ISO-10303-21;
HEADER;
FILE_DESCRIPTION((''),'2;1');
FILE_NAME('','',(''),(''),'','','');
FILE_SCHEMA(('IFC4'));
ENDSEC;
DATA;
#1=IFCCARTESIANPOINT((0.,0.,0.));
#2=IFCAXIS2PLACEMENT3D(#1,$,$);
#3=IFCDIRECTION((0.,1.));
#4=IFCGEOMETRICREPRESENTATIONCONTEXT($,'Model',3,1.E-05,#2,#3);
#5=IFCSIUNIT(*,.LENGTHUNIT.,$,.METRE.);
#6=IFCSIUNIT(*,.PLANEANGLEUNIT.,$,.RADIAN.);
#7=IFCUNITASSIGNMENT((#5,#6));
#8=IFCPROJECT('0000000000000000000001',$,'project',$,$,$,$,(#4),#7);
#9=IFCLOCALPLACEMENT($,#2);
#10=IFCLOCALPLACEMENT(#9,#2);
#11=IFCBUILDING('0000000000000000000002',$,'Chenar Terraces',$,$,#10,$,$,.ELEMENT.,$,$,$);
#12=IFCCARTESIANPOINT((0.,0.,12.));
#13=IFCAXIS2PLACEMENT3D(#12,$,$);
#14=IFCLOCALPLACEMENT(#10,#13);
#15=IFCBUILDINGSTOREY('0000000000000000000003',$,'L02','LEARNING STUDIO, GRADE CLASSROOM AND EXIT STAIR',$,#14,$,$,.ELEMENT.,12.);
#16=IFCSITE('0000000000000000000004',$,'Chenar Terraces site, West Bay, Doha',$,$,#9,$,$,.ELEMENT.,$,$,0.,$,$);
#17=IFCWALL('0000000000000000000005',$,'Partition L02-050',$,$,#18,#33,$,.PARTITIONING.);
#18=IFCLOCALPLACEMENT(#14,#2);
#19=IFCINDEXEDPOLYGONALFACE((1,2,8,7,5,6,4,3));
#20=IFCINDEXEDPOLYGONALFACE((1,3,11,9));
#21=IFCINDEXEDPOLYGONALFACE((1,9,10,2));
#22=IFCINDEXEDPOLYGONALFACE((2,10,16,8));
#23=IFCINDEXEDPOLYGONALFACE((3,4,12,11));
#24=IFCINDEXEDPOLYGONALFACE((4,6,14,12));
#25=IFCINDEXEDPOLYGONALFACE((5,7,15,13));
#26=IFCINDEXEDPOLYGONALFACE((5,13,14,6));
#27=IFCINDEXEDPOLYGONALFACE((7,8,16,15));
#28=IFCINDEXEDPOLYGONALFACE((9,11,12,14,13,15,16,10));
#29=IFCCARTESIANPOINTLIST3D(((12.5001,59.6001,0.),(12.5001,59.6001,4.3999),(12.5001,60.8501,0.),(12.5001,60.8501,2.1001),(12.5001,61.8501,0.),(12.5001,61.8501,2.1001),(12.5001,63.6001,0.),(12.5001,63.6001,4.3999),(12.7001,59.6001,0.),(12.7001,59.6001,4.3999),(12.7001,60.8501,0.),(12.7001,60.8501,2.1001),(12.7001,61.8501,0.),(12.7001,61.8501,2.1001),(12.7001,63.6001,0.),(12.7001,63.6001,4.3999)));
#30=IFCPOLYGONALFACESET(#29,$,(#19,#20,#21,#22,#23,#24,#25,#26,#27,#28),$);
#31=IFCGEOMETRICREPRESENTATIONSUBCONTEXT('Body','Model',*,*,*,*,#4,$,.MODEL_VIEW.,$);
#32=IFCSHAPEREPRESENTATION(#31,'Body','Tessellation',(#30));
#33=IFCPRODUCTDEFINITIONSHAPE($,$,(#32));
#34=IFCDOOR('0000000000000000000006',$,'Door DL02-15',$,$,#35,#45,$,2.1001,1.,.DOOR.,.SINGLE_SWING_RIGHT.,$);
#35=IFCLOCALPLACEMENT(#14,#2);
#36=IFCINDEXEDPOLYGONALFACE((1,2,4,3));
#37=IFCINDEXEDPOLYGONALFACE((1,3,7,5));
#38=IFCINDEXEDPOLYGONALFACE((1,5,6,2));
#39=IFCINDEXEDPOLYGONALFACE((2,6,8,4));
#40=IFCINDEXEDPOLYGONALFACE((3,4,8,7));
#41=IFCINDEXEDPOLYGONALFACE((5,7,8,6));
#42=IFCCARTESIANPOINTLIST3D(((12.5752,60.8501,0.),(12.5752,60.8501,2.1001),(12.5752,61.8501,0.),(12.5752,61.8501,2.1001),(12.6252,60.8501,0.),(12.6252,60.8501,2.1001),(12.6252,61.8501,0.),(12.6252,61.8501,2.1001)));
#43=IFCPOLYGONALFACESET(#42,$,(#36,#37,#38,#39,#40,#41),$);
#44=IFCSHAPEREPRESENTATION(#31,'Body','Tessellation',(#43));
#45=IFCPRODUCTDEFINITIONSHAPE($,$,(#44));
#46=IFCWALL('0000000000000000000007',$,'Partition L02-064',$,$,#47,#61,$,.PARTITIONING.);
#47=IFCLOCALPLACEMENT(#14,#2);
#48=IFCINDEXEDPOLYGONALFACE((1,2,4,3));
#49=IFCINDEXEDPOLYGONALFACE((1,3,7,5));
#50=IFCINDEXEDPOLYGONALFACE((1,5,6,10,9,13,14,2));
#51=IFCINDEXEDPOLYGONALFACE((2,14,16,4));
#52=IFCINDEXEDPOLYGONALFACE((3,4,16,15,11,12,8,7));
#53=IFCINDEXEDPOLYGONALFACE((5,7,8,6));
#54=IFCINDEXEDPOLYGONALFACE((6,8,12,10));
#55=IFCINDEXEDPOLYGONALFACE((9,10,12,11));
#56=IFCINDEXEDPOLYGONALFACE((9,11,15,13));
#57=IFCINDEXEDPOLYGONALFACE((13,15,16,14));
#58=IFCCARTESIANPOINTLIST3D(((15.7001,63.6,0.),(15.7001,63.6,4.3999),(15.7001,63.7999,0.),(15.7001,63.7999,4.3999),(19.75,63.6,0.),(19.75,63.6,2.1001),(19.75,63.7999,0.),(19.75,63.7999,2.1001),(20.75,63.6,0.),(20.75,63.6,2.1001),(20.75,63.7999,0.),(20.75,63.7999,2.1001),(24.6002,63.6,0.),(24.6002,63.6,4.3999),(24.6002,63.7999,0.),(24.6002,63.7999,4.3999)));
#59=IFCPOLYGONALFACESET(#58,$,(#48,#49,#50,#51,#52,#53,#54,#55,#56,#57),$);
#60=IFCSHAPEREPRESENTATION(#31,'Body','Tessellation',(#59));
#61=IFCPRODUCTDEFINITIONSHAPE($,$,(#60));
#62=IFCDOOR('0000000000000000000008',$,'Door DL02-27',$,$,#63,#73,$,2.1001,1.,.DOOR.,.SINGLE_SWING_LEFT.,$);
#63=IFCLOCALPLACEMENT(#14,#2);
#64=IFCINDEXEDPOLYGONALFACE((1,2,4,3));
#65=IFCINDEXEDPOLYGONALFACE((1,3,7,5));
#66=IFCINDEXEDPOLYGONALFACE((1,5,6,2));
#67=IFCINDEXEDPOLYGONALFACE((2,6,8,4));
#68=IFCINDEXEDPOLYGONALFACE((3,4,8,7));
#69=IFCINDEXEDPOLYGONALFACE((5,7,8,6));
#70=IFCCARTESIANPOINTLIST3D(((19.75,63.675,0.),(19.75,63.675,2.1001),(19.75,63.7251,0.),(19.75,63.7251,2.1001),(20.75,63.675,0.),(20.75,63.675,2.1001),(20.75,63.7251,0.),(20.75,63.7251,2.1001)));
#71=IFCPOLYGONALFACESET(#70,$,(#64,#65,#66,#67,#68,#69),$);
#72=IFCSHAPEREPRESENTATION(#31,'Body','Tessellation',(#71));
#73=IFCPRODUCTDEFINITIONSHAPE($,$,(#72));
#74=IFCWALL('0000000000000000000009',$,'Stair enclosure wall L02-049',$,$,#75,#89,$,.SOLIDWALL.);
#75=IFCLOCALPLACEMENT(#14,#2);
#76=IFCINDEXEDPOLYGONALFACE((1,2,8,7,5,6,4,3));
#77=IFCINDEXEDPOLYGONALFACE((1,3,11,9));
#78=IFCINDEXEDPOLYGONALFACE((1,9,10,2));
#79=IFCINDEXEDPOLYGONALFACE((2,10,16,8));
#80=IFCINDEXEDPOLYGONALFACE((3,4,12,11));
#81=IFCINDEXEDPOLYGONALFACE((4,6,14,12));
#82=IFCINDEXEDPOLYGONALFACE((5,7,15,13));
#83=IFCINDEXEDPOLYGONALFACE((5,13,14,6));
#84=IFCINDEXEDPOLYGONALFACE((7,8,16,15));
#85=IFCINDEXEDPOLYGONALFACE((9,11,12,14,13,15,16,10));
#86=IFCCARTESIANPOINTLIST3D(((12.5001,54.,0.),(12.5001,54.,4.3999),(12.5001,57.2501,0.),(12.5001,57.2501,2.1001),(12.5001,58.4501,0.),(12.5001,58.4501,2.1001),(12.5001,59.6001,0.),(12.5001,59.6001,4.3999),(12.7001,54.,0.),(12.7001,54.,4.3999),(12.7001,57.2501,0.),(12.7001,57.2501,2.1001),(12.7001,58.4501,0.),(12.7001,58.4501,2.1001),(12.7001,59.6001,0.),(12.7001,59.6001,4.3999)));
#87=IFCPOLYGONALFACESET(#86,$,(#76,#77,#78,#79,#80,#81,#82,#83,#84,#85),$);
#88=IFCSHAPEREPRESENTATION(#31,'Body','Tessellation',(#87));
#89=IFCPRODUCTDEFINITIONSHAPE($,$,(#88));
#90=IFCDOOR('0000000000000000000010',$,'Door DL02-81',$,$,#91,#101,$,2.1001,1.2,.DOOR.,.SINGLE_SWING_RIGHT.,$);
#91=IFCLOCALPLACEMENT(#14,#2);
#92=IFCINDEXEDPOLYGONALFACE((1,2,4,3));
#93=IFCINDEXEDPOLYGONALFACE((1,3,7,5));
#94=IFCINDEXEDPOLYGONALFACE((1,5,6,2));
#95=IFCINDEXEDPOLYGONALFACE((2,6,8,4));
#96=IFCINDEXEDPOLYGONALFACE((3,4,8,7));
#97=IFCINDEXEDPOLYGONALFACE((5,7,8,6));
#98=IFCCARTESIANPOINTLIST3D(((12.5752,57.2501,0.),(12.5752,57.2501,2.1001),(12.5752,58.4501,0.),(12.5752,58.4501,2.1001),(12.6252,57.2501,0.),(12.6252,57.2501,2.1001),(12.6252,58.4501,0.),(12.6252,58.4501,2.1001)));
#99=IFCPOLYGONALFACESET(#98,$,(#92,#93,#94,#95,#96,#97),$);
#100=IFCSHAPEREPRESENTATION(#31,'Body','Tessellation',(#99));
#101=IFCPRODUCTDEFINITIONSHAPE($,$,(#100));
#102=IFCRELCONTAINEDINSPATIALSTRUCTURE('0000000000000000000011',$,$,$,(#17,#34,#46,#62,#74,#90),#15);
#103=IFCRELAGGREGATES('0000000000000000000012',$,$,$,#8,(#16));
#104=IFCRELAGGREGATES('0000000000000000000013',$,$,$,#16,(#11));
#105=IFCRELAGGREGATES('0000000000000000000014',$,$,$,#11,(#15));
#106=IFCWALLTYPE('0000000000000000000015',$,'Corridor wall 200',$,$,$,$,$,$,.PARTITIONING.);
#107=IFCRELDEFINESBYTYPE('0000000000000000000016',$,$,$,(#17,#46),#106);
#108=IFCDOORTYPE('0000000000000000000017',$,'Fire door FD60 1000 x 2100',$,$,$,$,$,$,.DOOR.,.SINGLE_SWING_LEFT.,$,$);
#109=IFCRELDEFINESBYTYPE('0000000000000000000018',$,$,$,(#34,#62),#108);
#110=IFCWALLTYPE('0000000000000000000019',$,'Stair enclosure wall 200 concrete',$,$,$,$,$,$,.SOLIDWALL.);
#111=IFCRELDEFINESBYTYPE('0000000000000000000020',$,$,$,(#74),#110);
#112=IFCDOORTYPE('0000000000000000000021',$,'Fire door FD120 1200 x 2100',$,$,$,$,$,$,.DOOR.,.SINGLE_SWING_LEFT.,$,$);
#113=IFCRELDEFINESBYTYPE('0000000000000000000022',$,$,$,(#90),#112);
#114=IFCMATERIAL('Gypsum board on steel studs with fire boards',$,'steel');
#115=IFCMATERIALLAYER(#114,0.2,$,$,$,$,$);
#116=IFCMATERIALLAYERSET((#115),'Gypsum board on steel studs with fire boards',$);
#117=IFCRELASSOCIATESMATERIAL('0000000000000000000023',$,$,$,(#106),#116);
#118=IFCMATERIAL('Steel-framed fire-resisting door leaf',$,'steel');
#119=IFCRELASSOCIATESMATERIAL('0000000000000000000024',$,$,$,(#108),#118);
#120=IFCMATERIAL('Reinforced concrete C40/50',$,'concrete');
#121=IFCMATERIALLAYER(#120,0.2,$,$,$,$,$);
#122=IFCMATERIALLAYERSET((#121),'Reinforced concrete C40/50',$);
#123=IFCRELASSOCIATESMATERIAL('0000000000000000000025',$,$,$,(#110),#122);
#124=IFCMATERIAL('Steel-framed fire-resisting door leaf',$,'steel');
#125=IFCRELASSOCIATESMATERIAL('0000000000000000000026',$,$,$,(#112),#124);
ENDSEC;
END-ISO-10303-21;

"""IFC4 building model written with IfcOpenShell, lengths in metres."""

from ifc_helpers import new_model, si_unit, direction, frame, frame_2d, origin, place, context, subcontext, project, spatial, rectangle, extrude, material, layer, layer_set, type_object, element, fill, save


model = new_model("IFC4")

# Units and contexts
model_context = context("Model", 3, precision=1e-05, world=origin(), true_north=direction((0.0, 1.0)))
body_context = subcontext(model_context, "Body", "Model", "MODEL_VIEW")
ifc_project = project(units=[si_unit("LENGTHUNIT", "METRE"), si_unit("PLANEANGLEUNIT", "RADIAN")], contexts=[model_context])

# Site, building, storey
site_placement = place(None, origin())
site = spatial("IfcSite", under=ifc_project, at=site_placement, Name="Chenar Terraces site, West Bay, Doha", CompositionType="ELEMENT", RefElevation=0.0)
building_placement = place(site_placement, origin())
building = spatial("IfcBuilding", under=site, at=building_placement, Name="Chenar Terraces", CompositionType="ELEMENT")
storey_placement = place(building_placement, frame((0.0, 0.0, 12.0)))
storey = spatial("IfcBuildingStorey", under=building, at=storey_placement, Name="L02", Description="LEARNING STUDIO, GRADE CLASSROOM AND EXIT STAIR", CompositionType="ELEMENT", Elevation=12.0)

# Walls, openings, doors
ifc_material_1 = material(Name="Gypsum board on steel studs with fire boards", Category="steel")
ifc_layer_1 = layer(ifc_material_1, 0.2)
ifc_layer_set_1 = layer_set([ifc_layer_1], Name="Gypsum board on steel studs with fire boards")
wall_type_1 = type_object("IfcWallType", Name="Corridor wall 200", PredefinedType="PARTITIONING", material=ifc_layer_set_1)
wall_1_placement = place(storey_placement, frame((12.6001, 59.6001, 0.0), z_axis=(0.0, 0.0, 1.0), x_axis=(0.0, 1.0, 0.0)))
wall_1 = element("IfcWall", 1, at=wall_1_placement, inside=storey, type_object=wall_type_1, Name="Partition L02-050", PredefinedType="PARTITIONING", context=body_context, shape_type="SweptSolid", body=[
    extrude(rectangle(XDim=4.0, YDim=0.2, at=frame_2d((2.0, 0.0))), origin(), (0.0, 0.0, 1.0), 4.3999),
])
opening_1_placement = place(wall_1_placement, frame((1.25, 0.0, 0.0)))
opening_1 = element("IfcOpeningElement", 2, at=opening_1_placement, cuts=wall_1, PredefinedType="OPENING", context=body_context, shape_type="SweptSolid", body=[
    extrude(rectangle(XDim=1.0, YDim=2.1001, at=frame_2d((0.5, 1.05))), frame((0.0, 0.1099, 0.0), z_axis=(0.0, -1.0, 0.0), x_axis=(1.0, 0.0, 0.0)), (0.0, 0.0, 1.0), 0.22),
])
ifc_material_2 = material(Name="Steel-framed fire-resisting door leaf", Category="steel")
door_type_1 = type_object("IfcDoorType", Name="Fire door FD60 1000 x 2100", OperationType="SINGLE_SWING_LEFT", PredefinedType="DOOR", material=ifc_material_2)
door_1_placement = place(opening_1_placement, origin())
door_1 = element("IfcDoor", 3, at=door_1_placement, inside=storey, type_object=door_type_1, Name="Door DL02-15", OperationType="SINGLE_SWING_RIGHT", OverallHeight=2.1001, OverallWidth=1.0, PredefinedType="DOOR", context=body_context, shape_type="SweptSolid", body=[
    extrude(rectangle(XDim=1.0, YDim=2.1001, at=frame_2d((0.5, 1.05))), frame((0.0, 0.0249, 0.0), z_axis=(0.0, -1.0, 0.0), x_axis=(1.0, 0.0, 0.0)), (0.0, 0.0, 1.0), 0.05),
])
fill(opening_1, door_1)
wall_2_placement = place(storey_placement, frame((15.7, 63.7, 0.0), z_axis=(0.0, 0.0, 1.0), x_axis=(1.0, 0.0, 0.0)))
wall_2 = element("IfcWall", 4, at=wall_2_placement, inside=storey, type_object=wall_type_1, Name="Partition L02-064", PredefinedType="PARTITIONING", context=body_context, shape_type="SweptSolid", body=[
    extrude(rectangle(XDim=8.9001, YDim=0.2, at=frame_2d((4.4502, 0.0))), origin(), (0.0, 0.0, 1.0), 4.3999),
])
opening_2_placement = place(wall_2_placement, frame((4.05, 0.0, 0.0)))
opening_2 = element("IfcOpeningElement", 5, at=opening_2_placement, cuts=wall_2, PredefinedType="OPENING", context=body_context, shape_type="SweptSolid", body=[
    extrude(rectangle(XDim=1.0, YDim=2.1001, at=frame_2d((0.5, 1.05))), frame((0.0, 0.1099, 0.0), z_axis=(0.0, -1.0, 0.0), x_axis=(1.0, 0.0, 0.0)), (0.0, 0.0, 1.0), 0.22),
])
door_2_placement = place(opening_2_placement, frame((1.0, 0.0, 0.0), z_axis=(0.0, 0.0, 1.0), x_axis=(-1.0, 0.0, 0.0)))
door_2 = element("IfcDoor", 6, at=door_2_placement, inside=storey, type_object=door_type_1, Name="Door DL02-27", OperationType="SINGLE_SWING_LEFT", OverallHeight=2.1001, OverallWidth=1.0, PredefinedType="DOOR", context=body_context, shape_type="SweptSolid", body=[
    extrude(rectangle(XDim=1.0, YDim=2.1001, at=frame_2d((0.5, 1.05))), frame((0.0, 0.0249, 0.0), z_axis=(0.0, -1.0, 0.0), x_axis=(1.0, 0.0, 0.0)), (0.0, 0.0, 1.0), 0.05),
])
fill(opening_2, door_2)
ifc_material_3 = material(Name="Reinforced concrete C40/50", Category="concrete")
ifc_layer_2 = layer(ifc_material_3, 0.2)
ifc_layer_set_2 = layer_set([ifc_layer_2], Name="Reinforced concrete C40/50")
wall_type_2 = type_object("IfcWallType", Name="Stair enclosure wall 200 concrete", PredefinedType="SOLIDWALL", material=ifc_layer_set_2)
wall_3_placement = place(storey_placement, frame((12.6001, 54.0, 0.0), z_axis=(0.0, 0.0, 1.0), x_axis=(0.0, 1.0, 0.0)))
wall_3 = element("IfcWall", 7, at=wall_3_placement, inside=storey, type_object=wall_type_2, Name="Stair enclosure wall L02-049", PredefinedType="SOLIDWALL", context=body_context, shape_type="SweptSolid", body=[
    extrude(rectangle(XDim=5.6001, YDim=0.2, at=frame_2d((2.8, 0.0))), origin(), (0.0, 0.0, 1.0), 4.3999),
])
opening_3_placement = place(wall_3_placement, frame((3.25, 0.0, 0.0)))
opening_3 = element("IfcOpeningElement", 8, at=opening_3_placement, cuts=wall_3, PredefinedType="OPENING", context=body_context, shape_type="SweptSolid", body=[
    extrude(rectangle(XDim=1.2, YDim=2.1001, at=frame_2d((0.6001, 1.05))), frame((0.0, 0.1099, 0.0), z_axis=(0.0, -1.0, 0.0), x_axis=(1.0, 0.0, 0.0)), (0.0, 0.0, 1.0), 0.22),
])
ifc_material_4 = material(Name="Steel-framed fire-resisting door leaf", Category="steel")
door_type_2 = type_object("IfcDoorType", Name="Fire door FD120 1200 x 2100", OperationType="SINGLE_SWING_LEFT", PredefinedType="DOOR", material=ifc_material_4)
door_3_placement = place(opening_3_placement, origin())
door_3 = element("IfcDoor", 9, at=door_3_placement, inside=storey, type_object=door_type_2, Name="Door DL02-81", OperationType="SINGLE_SWING_RIGHT", OverallHeight=2.1001, OverallWidth=1.2, PredefinedType="DOOR", context=body_context, shape_type="SweptSolid", body=[
    extrude(rectangle(XDim=1.2, YDim=2.1001, at=frame_2d((0.6001, 1.05))), frame((0.0, 0.0249, 0.0), z_axis=(0.0, -1.0, 0.0), x_axis=(1.0, 0.0, 0.0)), (0.0, 0.0, 1.0), 0.05),
])
fill(opening_3, door_3)

save(model, "model.ifc")
